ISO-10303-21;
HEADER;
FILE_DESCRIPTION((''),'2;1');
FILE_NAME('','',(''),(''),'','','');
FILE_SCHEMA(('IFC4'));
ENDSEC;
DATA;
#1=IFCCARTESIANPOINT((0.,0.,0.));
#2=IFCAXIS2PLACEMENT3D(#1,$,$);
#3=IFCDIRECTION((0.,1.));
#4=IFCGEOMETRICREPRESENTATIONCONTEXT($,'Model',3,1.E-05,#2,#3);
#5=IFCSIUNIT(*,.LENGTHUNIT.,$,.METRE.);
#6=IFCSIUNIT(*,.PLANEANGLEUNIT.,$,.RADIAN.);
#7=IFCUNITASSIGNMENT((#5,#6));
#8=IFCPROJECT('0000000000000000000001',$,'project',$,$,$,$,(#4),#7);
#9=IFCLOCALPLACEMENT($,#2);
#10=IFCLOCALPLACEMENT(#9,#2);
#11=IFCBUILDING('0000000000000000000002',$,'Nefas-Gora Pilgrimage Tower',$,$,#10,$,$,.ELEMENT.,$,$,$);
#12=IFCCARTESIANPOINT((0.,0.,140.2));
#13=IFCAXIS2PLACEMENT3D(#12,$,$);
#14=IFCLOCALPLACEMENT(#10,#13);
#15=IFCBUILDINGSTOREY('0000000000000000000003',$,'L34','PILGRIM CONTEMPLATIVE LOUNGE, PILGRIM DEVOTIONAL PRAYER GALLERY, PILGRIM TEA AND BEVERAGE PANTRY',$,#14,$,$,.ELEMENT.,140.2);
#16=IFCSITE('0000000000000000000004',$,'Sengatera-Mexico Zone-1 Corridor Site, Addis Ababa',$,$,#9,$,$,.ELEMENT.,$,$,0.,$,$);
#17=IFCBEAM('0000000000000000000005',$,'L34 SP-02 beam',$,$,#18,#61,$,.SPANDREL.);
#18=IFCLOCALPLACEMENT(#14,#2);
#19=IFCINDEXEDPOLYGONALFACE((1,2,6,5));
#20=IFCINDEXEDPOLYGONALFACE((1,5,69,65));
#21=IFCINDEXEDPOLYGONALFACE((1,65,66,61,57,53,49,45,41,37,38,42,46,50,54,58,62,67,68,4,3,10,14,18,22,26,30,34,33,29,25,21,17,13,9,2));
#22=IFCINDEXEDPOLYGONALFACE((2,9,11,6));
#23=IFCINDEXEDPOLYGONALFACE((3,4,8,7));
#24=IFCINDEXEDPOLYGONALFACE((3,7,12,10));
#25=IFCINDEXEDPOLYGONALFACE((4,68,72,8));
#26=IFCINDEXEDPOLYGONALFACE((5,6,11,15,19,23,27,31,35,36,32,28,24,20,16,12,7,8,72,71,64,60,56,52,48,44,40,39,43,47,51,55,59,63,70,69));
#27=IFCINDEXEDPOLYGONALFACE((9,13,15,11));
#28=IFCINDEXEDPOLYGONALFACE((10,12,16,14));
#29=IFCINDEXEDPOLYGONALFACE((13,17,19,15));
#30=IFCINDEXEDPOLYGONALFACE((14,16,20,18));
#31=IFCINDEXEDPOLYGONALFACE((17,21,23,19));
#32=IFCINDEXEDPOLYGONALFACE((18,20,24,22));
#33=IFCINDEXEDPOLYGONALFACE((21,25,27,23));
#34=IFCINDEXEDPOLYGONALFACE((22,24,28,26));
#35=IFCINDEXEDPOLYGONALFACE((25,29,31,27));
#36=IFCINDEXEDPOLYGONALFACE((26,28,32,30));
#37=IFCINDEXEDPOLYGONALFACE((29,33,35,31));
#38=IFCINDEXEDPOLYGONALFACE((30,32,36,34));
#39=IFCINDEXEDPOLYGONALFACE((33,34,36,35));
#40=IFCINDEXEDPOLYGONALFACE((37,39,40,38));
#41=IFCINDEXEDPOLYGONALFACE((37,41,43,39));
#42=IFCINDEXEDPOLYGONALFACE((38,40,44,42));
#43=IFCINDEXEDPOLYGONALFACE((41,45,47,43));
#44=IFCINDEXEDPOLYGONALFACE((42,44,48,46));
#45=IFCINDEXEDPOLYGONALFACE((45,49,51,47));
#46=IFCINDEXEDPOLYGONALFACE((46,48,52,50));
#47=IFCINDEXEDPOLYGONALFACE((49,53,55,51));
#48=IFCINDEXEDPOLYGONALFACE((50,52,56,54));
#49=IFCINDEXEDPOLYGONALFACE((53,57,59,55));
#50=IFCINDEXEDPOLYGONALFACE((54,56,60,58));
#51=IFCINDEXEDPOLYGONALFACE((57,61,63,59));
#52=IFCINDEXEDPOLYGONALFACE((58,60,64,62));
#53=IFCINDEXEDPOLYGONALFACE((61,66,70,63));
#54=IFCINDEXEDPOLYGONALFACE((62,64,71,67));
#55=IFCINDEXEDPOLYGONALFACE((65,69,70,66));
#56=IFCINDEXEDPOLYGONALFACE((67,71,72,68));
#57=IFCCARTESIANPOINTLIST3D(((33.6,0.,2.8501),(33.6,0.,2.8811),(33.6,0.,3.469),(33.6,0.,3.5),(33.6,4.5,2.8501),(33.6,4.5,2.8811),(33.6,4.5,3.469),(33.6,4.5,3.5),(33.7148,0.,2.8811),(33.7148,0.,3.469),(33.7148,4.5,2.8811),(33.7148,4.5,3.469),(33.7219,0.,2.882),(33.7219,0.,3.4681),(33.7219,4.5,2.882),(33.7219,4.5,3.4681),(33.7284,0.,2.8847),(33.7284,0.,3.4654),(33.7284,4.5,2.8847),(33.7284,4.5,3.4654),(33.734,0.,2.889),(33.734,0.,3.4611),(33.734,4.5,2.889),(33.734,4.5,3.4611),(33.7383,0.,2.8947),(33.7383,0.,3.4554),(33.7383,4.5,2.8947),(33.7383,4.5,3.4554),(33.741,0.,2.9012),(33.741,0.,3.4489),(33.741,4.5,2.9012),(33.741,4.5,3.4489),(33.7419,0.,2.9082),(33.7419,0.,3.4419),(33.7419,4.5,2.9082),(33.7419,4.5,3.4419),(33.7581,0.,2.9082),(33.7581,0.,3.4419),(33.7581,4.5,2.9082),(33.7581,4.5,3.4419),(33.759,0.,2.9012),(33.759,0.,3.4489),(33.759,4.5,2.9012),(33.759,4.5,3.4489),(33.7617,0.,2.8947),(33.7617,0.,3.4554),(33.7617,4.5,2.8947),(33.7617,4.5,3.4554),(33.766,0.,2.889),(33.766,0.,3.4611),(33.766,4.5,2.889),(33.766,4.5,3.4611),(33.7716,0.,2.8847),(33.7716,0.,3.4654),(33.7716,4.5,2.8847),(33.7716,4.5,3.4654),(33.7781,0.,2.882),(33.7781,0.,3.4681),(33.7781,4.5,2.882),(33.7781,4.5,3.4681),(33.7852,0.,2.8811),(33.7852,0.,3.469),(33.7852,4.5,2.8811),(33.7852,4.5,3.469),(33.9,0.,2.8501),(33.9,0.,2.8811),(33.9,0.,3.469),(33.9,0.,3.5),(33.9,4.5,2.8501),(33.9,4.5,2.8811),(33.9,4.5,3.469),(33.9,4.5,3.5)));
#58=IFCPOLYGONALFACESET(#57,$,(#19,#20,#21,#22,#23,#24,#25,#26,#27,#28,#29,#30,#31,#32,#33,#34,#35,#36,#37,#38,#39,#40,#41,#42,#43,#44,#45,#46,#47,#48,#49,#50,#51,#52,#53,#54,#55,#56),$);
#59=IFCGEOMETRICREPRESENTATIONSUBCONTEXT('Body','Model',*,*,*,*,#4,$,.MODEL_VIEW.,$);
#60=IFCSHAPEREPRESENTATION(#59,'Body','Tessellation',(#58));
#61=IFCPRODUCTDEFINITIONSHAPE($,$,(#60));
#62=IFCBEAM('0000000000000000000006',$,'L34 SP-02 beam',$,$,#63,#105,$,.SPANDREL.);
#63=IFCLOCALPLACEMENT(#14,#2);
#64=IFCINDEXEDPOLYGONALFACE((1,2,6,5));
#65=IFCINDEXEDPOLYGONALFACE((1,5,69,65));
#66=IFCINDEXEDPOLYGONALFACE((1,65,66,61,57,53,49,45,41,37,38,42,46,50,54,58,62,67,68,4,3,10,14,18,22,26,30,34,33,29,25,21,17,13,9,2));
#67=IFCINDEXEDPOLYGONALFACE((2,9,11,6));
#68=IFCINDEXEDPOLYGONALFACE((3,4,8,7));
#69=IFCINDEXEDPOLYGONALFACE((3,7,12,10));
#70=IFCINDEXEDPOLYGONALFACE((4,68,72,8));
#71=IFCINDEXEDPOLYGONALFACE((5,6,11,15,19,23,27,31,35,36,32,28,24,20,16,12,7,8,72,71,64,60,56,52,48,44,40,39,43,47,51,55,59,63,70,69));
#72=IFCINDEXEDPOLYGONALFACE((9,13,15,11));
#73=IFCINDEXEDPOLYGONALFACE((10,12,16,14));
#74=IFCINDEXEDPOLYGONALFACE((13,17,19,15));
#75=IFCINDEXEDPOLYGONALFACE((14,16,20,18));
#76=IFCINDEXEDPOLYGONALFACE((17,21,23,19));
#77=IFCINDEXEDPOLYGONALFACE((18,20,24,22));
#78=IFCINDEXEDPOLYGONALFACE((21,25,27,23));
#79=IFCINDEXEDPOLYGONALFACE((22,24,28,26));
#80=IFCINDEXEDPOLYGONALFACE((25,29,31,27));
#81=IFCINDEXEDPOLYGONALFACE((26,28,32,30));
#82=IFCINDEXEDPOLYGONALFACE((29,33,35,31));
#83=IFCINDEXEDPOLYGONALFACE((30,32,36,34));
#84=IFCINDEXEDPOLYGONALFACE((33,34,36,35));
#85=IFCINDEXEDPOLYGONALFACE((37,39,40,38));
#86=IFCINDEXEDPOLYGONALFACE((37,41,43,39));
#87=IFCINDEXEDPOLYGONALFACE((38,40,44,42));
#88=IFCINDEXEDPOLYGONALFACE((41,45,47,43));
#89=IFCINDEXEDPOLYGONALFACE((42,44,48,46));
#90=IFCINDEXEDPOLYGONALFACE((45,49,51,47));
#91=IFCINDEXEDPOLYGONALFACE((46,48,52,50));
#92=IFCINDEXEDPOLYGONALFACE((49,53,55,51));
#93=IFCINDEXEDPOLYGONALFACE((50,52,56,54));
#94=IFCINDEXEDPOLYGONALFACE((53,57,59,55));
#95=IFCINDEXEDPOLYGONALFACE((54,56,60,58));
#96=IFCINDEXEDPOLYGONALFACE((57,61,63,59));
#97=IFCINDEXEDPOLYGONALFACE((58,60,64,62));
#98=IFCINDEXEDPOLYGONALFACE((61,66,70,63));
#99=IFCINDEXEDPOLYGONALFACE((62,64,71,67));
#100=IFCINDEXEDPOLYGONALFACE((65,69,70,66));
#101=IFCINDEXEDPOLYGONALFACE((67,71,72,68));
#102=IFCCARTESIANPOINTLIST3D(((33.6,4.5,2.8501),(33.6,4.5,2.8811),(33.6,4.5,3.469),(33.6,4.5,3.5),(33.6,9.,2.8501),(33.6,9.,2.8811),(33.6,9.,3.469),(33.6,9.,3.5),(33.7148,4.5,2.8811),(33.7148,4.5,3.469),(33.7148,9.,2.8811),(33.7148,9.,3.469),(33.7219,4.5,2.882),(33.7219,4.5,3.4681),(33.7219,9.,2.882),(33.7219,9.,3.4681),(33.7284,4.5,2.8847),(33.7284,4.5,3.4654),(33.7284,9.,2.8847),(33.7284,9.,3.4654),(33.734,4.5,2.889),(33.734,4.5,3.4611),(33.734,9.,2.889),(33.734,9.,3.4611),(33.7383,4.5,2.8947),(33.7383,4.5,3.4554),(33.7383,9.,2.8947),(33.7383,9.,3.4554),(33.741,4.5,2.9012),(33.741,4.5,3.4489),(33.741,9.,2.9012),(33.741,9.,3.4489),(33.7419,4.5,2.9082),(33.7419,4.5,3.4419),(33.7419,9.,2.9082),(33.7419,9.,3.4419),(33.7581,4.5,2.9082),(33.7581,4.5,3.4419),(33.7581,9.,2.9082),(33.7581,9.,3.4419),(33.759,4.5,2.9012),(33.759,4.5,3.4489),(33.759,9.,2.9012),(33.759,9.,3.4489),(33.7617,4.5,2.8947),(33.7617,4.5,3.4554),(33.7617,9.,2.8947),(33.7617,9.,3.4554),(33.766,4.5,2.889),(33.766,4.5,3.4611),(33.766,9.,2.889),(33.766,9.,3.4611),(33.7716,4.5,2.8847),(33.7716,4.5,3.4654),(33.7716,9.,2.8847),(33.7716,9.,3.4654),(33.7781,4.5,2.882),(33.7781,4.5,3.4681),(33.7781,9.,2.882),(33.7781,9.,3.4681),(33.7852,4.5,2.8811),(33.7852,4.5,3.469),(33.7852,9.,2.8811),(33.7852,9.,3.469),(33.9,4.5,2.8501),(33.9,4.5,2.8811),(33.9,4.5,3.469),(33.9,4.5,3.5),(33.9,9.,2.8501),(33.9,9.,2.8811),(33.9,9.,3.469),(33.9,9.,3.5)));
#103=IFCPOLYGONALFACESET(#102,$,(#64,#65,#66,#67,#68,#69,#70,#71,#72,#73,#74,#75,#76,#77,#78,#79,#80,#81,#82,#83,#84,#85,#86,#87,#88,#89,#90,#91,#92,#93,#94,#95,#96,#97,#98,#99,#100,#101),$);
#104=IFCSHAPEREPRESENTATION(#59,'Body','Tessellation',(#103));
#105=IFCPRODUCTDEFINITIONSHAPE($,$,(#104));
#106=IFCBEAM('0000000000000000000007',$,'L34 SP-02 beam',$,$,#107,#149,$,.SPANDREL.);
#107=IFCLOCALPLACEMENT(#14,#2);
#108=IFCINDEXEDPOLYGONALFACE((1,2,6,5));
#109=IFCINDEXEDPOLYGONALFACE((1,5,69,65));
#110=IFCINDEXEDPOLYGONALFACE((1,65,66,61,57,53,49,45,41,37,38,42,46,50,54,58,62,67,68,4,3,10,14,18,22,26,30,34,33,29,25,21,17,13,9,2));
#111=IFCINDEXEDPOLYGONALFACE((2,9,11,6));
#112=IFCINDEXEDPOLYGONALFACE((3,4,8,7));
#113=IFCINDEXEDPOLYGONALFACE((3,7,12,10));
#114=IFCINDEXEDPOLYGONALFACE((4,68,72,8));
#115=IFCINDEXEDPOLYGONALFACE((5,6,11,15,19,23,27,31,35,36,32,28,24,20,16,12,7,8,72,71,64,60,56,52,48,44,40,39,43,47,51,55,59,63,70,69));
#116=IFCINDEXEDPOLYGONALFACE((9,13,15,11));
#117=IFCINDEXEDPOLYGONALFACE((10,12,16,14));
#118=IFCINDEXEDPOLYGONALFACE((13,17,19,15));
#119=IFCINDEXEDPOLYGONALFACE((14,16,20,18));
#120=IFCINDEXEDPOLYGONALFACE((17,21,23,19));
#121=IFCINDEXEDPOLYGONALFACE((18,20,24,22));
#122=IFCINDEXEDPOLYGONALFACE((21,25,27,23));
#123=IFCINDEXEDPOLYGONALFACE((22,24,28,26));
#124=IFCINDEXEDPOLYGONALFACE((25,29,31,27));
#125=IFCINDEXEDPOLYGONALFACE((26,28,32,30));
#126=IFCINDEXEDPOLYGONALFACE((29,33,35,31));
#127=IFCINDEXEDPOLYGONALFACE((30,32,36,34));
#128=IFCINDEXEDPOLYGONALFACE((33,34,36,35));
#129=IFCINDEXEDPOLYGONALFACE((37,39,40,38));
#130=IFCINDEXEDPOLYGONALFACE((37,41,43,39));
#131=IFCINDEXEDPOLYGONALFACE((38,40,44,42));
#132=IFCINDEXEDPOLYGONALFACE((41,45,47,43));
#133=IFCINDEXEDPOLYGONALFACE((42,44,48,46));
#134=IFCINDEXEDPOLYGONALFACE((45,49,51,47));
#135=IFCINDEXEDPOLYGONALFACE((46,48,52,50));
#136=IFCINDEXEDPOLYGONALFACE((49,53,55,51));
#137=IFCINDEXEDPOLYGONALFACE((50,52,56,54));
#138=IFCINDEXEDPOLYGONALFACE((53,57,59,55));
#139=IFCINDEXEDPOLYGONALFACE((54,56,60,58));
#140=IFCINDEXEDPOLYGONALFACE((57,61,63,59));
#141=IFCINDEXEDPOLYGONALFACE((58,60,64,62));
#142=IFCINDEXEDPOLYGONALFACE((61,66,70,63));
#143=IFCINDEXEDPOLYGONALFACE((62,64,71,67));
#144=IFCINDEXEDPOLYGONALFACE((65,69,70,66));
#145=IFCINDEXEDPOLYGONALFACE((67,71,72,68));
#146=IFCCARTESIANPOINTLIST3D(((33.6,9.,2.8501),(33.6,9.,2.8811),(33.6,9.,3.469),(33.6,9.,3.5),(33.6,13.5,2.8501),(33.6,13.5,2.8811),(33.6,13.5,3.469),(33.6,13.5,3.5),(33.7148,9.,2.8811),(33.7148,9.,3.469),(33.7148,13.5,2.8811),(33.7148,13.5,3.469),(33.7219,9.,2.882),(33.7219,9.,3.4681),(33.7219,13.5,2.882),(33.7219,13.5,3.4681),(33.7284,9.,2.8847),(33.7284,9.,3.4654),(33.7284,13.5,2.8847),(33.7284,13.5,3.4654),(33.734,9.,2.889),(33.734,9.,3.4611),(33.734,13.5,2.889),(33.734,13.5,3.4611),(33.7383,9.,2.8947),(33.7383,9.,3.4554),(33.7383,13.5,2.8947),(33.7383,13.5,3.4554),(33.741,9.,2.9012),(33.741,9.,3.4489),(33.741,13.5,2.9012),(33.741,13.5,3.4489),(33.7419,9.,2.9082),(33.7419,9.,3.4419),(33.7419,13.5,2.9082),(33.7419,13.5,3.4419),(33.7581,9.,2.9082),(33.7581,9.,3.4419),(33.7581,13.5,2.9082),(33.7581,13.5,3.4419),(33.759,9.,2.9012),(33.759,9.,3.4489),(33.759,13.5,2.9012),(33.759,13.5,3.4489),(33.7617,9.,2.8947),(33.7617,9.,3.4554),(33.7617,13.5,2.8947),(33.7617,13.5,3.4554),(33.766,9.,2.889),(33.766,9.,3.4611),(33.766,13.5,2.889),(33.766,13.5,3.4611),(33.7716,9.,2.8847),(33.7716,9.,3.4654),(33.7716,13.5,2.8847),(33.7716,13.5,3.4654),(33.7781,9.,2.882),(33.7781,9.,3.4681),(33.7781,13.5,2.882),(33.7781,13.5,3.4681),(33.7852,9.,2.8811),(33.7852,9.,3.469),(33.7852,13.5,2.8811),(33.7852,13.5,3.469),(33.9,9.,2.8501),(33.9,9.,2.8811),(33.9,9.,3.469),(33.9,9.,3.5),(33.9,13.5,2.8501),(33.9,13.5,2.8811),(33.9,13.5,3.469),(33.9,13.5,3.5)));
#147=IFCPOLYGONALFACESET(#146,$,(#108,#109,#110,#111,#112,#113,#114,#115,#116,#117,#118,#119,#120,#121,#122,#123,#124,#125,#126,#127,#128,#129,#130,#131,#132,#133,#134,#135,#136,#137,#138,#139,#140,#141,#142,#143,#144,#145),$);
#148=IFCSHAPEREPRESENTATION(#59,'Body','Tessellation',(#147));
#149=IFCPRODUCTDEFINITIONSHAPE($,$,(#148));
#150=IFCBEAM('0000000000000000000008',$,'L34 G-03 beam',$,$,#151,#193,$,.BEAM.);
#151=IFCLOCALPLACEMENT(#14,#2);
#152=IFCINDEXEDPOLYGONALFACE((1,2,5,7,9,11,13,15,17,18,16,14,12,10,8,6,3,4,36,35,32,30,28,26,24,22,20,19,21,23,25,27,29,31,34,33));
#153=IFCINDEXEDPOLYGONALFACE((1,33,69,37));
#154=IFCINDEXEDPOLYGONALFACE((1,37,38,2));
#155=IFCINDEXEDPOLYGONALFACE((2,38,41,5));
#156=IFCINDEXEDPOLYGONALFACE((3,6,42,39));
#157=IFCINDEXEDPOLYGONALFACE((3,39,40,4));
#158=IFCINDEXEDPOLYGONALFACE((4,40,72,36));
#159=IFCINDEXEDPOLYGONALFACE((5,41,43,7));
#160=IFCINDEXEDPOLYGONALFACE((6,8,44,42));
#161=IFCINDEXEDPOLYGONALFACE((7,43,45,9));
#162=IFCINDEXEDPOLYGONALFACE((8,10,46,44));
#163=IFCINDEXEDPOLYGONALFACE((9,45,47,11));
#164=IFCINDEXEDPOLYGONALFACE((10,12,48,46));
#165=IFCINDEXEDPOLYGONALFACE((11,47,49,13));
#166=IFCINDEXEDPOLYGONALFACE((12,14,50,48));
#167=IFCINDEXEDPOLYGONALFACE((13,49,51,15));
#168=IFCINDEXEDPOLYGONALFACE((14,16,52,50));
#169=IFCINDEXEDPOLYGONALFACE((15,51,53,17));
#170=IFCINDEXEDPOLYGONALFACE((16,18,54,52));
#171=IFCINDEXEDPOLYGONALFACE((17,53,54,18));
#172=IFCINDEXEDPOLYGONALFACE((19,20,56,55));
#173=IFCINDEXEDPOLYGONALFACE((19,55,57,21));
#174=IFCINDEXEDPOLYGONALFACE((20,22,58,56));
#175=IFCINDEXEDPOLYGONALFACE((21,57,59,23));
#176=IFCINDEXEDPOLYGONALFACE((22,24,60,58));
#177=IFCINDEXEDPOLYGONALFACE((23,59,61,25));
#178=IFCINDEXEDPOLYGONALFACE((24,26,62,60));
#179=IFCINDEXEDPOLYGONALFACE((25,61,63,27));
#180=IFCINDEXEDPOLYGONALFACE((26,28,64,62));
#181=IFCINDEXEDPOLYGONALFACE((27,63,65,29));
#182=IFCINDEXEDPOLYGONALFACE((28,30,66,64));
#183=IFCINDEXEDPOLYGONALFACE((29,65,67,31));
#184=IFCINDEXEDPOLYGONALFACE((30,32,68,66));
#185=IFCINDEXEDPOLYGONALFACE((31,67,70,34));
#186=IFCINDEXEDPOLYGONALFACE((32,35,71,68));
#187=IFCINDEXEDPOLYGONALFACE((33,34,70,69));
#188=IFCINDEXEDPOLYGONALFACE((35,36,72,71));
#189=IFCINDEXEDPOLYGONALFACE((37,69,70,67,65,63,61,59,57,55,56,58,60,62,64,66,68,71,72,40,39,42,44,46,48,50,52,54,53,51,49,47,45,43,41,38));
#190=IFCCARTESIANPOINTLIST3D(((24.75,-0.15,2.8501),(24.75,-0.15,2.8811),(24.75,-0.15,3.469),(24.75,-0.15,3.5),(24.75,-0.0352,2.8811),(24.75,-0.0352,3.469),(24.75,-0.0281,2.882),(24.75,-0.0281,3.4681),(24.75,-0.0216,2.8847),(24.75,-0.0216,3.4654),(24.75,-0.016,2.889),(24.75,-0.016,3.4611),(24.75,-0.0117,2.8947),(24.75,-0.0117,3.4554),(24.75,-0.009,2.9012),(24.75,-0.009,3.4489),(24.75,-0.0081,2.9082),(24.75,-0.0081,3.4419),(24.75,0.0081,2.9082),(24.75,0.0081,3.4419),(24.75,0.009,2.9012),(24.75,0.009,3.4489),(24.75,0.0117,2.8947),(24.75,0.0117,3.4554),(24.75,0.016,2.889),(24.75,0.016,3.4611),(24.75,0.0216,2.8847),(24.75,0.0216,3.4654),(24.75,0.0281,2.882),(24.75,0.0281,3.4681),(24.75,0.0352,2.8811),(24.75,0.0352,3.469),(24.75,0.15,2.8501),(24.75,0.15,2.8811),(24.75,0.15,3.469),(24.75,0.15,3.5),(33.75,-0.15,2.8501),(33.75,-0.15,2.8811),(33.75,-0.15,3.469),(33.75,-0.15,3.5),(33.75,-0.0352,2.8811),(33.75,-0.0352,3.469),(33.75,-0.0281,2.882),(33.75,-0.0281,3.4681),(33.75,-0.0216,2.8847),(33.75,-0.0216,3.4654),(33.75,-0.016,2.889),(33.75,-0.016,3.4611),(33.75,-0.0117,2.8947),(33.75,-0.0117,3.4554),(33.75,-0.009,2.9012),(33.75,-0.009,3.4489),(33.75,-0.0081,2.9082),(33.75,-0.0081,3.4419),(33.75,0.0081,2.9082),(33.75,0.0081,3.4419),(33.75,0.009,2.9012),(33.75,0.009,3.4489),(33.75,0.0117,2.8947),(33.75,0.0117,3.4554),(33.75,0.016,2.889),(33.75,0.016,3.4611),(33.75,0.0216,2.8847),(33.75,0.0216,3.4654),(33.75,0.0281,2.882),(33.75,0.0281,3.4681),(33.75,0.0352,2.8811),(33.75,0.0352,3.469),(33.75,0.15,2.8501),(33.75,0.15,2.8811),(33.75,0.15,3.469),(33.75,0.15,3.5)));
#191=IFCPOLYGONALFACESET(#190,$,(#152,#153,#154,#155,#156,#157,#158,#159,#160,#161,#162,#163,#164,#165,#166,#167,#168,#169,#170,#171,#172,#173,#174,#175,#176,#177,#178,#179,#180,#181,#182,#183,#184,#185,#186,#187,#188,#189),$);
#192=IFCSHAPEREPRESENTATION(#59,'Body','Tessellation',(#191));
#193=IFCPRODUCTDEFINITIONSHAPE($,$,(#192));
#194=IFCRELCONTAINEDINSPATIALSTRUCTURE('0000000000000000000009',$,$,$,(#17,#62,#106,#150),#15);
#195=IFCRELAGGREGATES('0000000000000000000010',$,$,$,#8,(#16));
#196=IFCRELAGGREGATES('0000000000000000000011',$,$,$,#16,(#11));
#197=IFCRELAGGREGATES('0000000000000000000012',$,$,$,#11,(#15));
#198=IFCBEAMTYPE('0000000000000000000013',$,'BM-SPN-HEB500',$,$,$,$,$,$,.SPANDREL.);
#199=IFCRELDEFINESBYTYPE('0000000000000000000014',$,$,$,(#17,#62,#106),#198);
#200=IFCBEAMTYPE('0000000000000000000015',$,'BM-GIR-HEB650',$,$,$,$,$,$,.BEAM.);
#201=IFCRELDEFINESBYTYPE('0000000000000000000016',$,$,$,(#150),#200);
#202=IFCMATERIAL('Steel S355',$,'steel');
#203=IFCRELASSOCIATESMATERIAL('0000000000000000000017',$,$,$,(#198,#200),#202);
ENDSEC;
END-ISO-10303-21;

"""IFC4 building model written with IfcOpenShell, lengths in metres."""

from ifc_helpers import new_model, si_unit, direction, frame, origin, origin_2d, place, context, subcontext, project, spatial, i_section, extrude, source, transform, mapped, material, material_profile, profile_set, type_object, element, save


model = new_model("IFC4")

# Units and contexts
model_context = context("Model", 3, precision=1e-05, world=origin(), true_north=direction((0.0, 1.0)))
body_context = subcontext(model_context, "Body", "Model", "MODEL_VIEW")
ifc_project = project(units=[si_unit("LENGTHUNIT", "METRE"), si_unit("PLANEANGLEUNIT", "RADIAN")], contexts=[model_context])

# Site, building, storey
site_placement = place(None, origin())
site = spatial("IfcSite", under=ifc_project, at=site_placement, Name="Sengatera-Mexico Zone-1 Corridor Site, Addis Ababa", CompositionType="ELEMENT", RefElevation=0.0)
building_placement = place(site_placement, origin())
building = spatial("IfcBuilding", under=site, at=building_placement, Name="Nefas-Gora Pilgrimage Tower", CompositionType="ELEMENT")
storey_placement = place(building_placement, frame((0.0, 0.0, 140.2)))
storey = spatial("IfcBuildingStorey", under=building, at=storey_placement, Name="L34", Description="PILGRIM CONTEMPLATIVE LOUNGE, PILGRIM DEVOTIONAL PRAYER GALLERY, PILGRIM TEA AND BEVERAGE PANTRY", CompositionType="ELEMENT", Elevation=140.2)

# Beams
ifc_material_1 = material(Name="Steel S355", Category="steel")
ifc_material_profile_1 = material_profile(ifc_material_1, i_section(OverallWidth=0.3, OverallDepth=0.6499, WebThickness=0.0161, FlangeThickness=0.031, FilletRadius=0.0271, at=origin_2d()), Name="HEB 650")
ifc_profile_set_1 = profile_set([ifc_material_profile_1], Name="Steel S355")
beam_type_1 = type_object("IfcBeamType", Name="BM-SPN-HEB500", PredefinedType="SPANDREL", material=ifc_profile_set_1)
shared_shape_1 = source(origin(), body_context, "Body", "SweptSolid", [
    extrude(i_section(OverallWidth=0.3, OverallDepth=0.6499, WebThickness=0.0161, FlangeThickness=0.031, FilletRadius=0.0271, at=origin_2d()), origin(), (0.0, 0.0, 1.0), 4.5),
])
for number, where, z_axis, x_axis, name in (
    (1, (33.75, 0.0, 3.175), (0.0, 1.0, 0.0), (-1.0, 0.0, 0.0), "L34 SP-02 beam"),
    (2, (33.75, 4.5, 3.175), (0.0, 1.0, 0.0), (-1.0, 0.0, 0.0), "L34 SP-02 beam"),
    (3, (33.75, 9.0, 3.175), (0.0, 1.0, 0.0), (-1.0, 0.0, 0.0), "L34 SP-02 beam"),
):
    element("IfcBeam", number, at=place(storey_placement, frame(where, z_axis=z_axis, x_axis=x_axis)), inside=storey, type_object=beam_type_1, Name=name, PredefinedType="SPANDREL", context=body_context, shape_type="MappedRepresentation", body=[
        mapped(shared_shape_1, transform((0.0, 0.0, 0.0), x_axis=(1.0, 0.0, 0.0), y_axis=(0.0, 1.0, 0.0), z_axis=(0.0, 0.0, 1.0), scale=1.0)),
    ])
ifc_material_profile_2 = material_profile(ifc_material_1, i_section(OverallWidth=0.3, OverallDepth=0.6499, WebThickness=0.0161, FlangeThickness=0.031, FilletRadius=0.0271, at=origin_2d()), Name="HEB 650")
ifc_profile_set_2 = profile_set([ifc_material_profile_2], Name="Steel S355")
beam_type_2 = type_object("IfcBeamType", Name="BM-GIR-HEB650", PredefinedType="BEAM", material=ifc_profile_set_2)
shared_shape_2 = source(origin(), body_context, "Body", "SweptSolid", [
    extrude(i_section(OverallWidth=0.3, OverallDepth=0.6499, WebThickness=0.0161, FlangeThickness=0.031, FilletRadius=0.0271, at=origin_2d()), origin(), (0.0, 0.0, 1.0), 9.0),
])
for number, where, z_axis, x_axis, name in (
    (4, (24.75, 0.0, 3.175), (1.0, 0.0, 0.0), (0.0, 1.0, 0.0), "L34 G-03 beam"),
):
    element("IfcBeam", number, at=place(storey_placement, frame(where, z_axis=z_axis, x_axis=x_axis)), inside=storey, type_object=beam_type_2, Name=name, PredefinedType="BEAM", context=body_context, shape_type="MappedRepresentation", body=[
        mapped(shared_shape_2, transform((0.0, 0.0, 0.0), x_axis=(1.0, 0.0, 0.0), y_axis=(0.0, 1.0, 0.0), z_axis=(0.0, 0.0, 1.0), scale=1.0)),
    ])

save(model, "model.ifc")
